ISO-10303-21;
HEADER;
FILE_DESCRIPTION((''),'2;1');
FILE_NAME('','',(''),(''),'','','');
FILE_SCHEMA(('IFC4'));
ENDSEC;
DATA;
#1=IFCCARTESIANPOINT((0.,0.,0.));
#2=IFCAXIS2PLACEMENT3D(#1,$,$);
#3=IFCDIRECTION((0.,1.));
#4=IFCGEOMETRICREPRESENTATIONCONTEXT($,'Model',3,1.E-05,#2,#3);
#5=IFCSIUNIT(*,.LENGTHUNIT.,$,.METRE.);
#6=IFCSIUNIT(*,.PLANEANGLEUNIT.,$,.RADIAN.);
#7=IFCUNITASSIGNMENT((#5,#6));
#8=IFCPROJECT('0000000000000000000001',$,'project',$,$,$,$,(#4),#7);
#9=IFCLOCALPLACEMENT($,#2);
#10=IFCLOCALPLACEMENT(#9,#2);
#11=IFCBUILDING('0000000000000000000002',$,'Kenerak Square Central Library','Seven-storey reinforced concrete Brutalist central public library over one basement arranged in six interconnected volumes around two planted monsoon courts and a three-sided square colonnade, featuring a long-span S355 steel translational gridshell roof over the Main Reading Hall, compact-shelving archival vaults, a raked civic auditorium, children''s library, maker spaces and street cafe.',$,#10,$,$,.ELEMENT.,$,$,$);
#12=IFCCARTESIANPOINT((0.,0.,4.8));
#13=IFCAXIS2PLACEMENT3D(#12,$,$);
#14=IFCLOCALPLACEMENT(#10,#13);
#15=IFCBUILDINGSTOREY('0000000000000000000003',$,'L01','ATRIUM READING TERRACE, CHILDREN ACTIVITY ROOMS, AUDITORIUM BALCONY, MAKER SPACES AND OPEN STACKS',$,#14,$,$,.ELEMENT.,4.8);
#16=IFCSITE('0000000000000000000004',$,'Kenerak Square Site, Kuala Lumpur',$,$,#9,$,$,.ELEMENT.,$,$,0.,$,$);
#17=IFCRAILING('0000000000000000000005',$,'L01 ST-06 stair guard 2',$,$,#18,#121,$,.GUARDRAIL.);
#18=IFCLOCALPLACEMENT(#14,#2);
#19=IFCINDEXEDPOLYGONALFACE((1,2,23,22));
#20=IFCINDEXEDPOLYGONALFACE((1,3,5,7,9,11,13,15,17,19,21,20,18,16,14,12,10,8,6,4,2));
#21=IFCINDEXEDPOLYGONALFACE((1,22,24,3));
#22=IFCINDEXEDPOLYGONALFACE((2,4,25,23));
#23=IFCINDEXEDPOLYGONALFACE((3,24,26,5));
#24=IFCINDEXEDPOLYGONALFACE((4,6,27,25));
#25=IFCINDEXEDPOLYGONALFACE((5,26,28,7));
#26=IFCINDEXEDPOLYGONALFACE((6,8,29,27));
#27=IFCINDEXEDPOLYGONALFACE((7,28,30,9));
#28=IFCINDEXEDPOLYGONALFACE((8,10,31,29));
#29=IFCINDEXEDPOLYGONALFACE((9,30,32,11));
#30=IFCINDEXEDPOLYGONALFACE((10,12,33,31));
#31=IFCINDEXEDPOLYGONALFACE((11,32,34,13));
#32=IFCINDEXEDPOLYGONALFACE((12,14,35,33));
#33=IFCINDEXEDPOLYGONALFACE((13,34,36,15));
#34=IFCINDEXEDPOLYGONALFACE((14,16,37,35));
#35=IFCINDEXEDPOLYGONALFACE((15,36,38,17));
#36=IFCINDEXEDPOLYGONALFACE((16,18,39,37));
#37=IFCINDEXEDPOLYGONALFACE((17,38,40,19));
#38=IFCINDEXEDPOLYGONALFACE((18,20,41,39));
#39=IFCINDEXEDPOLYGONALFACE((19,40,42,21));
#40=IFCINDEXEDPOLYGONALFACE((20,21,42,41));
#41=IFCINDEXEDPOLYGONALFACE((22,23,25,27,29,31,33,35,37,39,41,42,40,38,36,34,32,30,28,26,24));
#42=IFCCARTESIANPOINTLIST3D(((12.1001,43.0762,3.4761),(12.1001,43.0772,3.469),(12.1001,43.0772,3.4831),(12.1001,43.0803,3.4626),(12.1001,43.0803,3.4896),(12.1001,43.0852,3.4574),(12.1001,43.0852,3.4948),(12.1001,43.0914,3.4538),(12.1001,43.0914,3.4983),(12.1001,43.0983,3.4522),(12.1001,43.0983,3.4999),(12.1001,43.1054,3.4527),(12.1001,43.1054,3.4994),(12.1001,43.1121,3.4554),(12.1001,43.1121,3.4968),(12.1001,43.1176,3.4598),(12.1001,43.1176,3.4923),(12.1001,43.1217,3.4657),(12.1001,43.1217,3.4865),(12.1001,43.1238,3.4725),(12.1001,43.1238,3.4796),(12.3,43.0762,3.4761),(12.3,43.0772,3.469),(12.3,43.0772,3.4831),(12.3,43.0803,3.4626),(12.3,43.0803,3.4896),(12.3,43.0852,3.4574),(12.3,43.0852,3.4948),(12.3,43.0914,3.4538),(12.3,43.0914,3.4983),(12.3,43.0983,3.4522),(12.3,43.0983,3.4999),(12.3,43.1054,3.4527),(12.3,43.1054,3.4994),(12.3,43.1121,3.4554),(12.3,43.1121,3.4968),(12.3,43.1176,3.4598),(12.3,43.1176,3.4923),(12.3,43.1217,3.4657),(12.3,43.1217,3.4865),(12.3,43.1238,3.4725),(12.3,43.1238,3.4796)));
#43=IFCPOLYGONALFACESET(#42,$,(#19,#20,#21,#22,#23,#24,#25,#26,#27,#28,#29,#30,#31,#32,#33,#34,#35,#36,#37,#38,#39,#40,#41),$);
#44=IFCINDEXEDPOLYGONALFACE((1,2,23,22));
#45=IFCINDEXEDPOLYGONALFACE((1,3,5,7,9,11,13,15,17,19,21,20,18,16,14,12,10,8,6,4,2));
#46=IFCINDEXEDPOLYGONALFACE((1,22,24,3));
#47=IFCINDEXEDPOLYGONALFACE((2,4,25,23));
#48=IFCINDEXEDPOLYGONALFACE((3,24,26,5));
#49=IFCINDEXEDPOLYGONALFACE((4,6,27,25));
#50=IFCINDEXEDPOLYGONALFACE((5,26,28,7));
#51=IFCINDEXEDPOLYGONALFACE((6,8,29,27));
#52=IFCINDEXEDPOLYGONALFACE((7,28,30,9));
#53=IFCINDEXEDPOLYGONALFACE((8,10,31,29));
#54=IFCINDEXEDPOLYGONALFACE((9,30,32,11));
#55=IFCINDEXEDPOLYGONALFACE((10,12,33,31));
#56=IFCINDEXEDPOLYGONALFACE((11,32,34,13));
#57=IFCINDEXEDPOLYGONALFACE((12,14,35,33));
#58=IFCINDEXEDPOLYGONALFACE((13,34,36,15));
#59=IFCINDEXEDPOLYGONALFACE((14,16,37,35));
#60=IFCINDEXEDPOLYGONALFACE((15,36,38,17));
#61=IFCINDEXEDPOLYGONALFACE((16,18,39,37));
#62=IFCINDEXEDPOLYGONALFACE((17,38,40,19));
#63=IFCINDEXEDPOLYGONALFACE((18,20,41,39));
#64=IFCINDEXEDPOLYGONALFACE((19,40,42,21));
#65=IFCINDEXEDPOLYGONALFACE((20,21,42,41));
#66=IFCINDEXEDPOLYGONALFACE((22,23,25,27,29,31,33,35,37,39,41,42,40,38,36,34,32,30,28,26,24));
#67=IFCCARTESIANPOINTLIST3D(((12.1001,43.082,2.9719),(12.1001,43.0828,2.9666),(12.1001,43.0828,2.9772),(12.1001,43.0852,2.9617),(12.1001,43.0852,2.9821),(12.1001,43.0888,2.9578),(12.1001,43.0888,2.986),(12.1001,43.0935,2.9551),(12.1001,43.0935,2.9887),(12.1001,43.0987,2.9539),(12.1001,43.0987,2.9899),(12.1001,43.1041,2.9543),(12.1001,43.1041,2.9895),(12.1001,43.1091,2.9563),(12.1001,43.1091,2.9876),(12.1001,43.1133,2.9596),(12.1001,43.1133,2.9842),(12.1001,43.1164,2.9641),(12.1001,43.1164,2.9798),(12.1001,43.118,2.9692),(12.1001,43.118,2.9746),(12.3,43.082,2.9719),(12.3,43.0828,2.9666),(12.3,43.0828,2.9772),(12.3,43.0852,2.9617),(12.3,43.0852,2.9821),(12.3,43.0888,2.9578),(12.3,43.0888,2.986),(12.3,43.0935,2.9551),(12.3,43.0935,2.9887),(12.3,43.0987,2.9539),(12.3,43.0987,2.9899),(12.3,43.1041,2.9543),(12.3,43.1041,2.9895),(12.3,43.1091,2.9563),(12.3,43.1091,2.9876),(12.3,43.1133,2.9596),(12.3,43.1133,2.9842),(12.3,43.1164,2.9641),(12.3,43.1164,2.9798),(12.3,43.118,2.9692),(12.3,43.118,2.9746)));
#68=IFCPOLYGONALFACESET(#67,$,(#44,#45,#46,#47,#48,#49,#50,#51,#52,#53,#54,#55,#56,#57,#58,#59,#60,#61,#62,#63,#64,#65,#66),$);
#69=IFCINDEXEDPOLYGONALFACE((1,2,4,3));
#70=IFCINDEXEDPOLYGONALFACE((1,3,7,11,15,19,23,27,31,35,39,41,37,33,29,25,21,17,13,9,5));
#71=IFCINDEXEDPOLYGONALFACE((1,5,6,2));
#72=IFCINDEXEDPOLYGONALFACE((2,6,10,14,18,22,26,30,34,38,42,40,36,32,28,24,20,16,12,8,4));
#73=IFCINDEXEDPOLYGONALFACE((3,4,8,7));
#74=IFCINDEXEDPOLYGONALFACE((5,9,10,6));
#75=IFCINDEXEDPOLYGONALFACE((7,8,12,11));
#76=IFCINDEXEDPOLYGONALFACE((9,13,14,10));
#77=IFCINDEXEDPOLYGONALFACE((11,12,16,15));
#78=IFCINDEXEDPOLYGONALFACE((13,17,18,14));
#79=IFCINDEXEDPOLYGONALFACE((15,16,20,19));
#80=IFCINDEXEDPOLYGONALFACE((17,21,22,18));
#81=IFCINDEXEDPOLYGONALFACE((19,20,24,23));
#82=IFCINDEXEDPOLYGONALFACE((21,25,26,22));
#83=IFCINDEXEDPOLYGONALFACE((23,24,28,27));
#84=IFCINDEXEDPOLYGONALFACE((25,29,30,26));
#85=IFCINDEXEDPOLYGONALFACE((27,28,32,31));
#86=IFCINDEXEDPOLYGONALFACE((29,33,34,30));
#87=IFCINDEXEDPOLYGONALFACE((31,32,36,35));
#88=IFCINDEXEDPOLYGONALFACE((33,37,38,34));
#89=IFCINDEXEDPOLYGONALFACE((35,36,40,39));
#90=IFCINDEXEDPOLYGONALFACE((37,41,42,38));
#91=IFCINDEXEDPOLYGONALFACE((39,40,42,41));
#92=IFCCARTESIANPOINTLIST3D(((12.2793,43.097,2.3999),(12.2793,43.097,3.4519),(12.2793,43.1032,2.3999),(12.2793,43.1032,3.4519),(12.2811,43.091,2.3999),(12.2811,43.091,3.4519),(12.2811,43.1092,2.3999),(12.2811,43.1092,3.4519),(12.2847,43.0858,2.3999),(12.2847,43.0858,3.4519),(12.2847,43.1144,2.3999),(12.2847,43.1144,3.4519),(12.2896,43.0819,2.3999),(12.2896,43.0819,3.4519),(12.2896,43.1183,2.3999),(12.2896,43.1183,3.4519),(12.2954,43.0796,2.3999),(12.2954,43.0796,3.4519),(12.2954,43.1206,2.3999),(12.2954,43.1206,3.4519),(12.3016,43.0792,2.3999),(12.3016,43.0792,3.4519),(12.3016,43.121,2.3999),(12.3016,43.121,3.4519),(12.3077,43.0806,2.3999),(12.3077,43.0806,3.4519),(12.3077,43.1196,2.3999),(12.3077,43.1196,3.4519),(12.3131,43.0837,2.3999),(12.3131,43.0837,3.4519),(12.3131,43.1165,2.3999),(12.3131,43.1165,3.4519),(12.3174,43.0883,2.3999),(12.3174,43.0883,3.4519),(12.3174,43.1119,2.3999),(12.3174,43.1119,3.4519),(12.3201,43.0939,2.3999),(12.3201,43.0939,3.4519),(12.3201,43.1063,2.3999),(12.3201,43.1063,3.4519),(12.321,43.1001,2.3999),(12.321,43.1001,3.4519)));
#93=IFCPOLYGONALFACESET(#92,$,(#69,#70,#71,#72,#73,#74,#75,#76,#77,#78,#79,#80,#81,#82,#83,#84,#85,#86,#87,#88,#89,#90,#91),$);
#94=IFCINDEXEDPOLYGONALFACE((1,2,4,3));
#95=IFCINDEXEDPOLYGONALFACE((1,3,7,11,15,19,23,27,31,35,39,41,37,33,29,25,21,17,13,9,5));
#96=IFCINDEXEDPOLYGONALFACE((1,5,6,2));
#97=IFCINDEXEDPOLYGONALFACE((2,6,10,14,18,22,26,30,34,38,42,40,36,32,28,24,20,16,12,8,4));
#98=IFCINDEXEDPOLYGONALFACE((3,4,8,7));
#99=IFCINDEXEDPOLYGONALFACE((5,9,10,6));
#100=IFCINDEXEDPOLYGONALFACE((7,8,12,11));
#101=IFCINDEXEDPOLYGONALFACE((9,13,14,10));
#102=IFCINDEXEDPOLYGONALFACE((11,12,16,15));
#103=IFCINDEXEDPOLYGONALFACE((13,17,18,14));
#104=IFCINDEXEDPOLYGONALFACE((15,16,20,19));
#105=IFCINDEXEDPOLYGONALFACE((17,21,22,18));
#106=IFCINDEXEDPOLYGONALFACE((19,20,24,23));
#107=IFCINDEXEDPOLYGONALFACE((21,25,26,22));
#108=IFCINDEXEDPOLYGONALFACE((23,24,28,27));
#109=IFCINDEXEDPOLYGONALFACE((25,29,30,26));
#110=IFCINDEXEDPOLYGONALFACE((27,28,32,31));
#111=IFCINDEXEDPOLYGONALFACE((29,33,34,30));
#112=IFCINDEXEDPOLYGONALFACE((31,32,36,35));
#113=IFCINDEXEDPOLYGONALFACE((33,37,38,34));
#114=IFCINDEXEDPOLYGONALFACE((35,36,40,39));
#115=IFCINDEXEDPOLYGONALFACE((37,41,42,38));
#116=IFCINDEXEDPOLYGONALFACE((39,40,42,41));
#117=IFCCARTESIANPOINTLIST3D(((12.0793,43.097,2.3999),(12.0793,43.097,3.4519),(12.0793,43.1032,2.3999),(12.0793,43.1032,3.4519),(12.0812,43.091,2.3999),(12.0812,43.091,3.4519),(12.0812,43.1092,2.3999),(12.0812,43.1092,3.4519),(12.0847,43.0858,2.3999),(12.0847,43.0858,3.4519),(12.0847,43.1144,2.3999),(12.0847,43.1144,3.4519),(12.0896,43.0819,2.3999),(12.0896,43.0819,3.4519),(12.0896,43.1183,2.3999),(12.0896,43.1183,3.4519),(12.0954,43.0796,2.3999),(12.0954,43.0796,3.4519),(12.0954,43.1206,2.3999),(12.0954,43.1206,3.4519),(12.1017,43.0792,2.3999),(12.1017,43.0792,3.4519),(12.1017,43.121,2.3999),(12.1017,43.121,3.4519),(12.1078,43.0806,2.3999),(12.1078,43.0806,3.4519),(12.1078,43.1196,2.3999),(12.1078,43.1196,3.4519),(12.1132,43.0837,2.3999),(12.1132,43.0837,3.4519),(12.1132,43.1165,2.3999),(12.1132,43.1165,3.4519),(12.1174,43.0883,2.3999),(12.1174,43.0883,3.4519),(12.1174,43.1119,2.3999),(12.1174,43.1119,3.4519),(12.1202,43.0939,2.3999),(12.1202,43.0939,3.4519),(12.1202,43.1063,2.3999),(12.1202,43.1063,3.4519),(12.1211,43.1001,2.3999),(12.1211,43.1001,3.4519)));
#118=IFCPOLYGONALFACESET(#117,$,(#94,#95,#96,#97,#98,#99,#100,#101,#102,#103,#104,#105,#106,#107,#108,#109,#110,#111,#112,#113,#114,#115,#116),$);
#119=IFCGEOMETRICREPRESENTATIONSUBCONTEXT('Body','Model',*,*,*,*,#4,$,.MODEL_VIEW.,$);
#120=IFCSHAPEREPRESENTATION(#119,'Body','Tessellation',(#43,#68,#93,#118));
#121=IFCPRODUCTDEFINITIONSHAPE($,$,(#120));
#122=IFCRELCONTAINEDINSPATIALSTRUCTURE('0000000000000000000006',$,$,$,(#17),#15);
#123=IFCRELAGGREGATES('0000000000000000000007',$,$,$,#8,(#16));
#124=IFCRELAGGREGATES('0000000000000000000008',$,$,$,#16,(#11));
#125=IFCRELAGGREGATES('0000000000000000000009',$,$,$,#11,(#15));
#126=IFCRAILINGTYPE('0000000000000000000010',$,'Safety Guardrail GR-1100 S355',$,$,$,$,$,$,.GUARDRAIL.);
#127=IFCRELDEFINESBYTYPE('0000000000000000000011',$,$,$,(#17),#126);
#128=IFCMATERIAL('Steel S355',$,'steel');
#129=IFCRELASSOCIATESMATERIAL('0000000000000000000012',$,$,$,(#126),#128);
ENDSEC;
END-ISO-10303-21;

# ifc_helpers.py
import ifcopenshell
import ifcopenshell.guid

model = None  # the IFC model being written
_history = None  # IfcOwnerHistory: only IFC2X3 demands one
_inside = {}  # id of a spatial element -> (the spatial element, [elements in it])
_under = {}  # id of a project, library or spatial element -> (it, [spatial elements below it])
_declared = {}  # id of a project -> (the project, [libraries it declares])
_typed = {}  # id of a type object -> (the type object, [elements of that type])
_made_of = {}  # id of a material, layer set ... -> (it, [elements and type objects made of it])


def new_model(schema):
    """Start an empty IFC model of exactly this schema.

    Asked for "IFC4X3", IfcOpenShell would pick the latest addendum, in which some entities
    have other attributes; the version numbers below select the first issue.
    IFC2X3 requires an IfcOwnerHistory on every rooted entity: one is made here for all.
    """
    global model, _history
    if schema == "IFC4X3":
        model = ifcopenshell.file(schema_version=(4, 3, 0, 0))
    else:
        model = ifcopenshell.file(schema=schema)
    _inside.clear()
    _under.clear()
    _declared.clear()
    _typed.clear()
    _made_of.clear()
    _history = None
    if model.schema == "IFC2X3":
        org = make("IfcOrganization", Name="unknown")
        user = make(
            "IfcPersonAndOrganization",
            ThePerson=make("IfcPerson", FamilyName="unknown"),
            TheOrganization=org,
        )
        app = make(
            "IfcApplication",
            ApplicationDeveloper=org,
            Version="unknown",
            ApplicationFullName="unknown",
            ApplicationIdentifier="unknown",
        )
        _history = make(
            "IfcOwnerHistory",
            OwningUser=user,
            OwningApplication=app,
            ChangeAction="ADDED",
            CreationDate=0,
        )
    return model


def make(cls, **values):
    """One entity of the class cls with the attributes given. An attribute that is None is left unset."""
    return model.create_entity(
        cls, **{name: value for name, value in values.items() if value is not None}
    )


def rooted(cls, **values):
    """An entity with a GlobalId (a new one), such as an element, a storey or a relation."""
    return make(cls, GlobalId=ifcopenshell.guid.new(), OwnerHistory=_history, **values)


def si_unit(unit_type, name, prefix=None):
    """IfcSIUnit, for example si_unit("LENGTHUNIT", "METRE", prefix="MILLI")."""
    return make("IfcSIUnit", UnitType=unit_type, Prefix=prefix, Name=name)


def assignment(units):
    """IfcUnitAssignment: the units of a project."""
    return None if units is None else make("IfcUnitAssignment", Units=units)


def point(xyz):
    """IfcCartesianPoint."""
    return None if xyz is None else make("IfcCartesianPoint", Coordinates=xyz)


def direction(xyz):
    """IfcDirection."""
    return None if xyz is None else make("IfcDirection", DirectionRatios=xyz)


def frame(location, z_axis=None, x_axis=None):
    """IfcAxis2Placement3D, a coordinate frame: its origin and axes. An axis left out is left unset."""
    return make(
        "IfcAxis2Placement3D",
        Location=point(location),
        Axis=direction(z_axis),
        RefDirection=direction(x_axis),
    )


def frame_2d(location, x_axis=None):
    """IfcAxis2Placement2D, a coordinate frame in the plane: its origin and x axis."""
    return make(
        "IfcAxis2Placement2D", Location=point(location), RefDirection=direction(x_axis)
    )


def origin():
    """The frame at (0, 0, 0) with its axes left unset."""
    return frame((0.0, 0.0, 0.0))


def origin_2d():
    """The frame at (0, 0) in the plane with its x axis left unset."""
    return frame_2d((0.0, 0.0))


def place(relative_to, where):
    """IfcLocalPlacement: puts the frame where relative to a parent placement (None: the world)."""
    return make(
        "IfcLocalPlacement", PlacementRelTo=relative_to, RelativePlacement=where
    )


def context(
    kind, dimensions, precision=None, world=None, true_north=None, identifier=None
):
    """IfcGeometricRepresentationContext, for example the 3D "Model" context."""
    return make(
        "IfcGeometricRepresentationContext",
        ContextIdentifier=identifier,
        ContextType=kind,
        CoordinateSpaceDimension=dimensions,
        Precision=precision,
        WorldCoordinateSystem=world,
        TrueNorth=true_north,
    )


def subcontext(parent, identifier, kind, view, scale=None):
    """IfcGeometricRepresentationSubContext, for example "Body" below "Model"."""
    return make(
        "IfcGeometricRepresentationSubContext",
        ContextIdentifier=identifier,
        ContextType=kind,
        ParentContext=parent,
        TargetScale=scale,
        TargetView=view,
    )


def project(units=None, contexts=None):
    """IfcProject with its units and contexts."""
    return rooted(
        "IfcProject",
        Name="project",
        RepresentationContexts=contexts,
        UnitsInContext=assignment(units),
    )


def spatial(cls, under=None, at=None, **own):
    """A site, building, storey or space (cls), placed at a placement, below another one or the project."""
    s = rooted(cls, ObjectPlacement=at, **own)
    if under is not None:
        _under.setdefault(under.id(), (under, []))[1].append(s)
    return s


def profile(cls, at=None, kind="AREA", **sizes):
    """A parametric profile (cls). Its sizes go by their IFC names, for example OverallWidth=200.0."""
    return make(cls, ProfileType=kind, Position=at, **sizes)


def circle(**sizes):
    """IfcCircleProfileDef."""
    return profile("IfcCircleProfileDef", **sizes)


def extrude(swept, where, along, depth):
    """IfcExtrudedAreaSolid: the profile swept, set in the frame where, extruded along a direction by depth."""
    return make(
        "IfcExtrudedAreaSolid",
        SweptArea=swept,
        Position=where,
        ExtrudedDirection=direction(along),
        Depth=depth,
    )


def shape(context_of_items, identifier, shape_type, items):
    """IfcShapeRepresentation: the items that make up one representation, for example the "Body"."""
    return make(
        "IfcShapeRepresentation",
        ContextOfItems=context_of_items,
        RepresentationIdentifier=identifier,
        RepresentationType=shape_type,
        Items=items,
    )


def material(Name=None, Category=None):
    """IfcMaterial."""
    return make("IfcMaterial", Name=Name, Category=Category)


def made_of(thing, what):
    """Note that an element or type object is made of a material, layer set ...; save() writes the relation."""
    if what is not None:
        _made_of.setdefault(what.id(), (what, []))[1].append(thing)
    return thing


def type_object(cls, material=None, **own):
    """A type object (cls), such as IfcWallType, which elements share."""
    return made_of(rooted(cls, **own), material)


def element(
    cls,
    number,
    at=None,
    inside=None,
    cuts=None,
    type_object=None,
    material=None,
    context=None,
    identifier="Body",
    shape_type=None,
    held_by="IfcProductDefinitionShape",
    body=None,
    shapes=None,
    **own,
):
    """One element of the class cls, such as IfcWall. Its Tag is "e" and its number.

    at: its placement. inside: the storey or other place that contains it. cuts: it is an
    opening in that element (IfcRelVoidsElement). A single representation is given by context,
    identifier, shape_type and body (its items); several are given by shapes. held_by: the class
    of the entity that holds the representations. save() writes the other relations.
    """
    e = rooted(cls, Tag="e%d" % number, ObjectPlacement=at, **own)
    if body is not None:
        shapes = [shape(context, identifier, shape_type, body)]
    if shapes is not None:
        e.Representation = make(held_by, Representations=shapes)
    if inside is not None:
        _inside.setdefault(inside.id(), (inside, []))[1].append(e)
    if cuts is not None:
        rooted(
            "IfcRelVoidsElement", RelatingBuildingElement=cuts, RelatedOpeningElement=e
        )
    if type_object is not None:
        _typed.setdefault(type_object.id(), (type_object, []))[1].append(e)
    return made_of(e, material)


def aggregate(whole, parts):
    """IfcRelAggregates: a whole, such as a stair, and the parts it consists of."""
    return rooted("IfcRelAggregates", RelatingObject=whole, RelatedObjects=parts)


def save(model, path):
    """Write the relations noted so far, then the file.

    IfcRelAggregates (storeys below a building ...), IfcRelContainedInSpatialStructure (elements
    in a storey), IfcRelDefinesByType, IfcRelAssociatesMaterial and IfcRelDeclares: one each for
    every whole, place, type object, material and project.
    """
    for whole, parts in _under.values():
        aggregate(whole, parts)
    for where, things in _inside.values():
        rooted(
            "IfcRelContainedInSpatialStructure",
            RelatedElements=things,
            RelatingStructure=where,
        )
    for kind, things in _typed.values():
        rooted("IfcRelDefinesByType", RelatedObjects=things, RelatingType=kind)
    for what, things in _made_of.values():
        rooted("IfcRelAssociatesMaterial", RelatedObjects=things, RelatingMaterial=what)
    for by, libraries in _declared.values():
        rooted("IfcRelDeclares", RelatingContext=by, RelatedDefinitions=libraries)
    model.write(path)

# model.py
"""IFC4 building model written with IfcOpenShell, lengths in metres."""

from ifc_helpers import new_model, si_unit, direction, frame, origin, origin_2d, place, context, subcontext, project, spatial, circle, extrude, material, type_object, element, save


model = new_model("IFC4")

# Units and contexts
model_context = context("Model", 3, precision=1e-05, world=origin(), true_north=direction((0.0, 1.0)))
body_context = subcontext(model_context, "Body", "Model", "MODEL_VIEW")
ifc_project = project(units=[si_unit("LENGTHUNIT", "METRE"), si_unit("PLANEANGLEUNIT", "RADIAN")], contexts=[model_context])

# Site, building, storey
site_placement = place(None, origin())
site = spatial("IfcSite", under=ifc_project, at=site_placement, Name="Kenerak Square Site, Kuala Lumpur", CompositionType="ELEMENT", RefElevation=0.0)
building_placement = place(site_placement, origin())
building = spatial("IfcBuilding", under=site, at=building_placement, Name="Kenerak Square Central Library", Description="Seven-storey reinforced concrete Brutalist central public library over one basement arranged in six interconnected volumes around two planted monsoon courts and a three-sided square colonnade, featuring a long-span S355 steel translational gridshell roof over the Main Reading Hall, compact-shelving archival vaults, a raked civic auditorium, children's library, maker spaces and street cafe.", CompositionType="ELEMENT")
storey_placement = place(building_placement, frame((0.0, 0.0, 4.8)))
storey = spatial("IfcBuildingStorey", under=building, at=storey_placement, Name="L01", Description="ATRIUM READING TERRACE, CHILDREN ACTIVITY ROOMS, AUDITORIUM BALCONY, MAKER SPACES AND OPEN STACKS", CompositionType="ELEMENT", Elevation=4.8)

# Railing
ifc_material_1 = material(Name="Steel S355", Category="steel")
railing_type_1 = type_object("IfcRailingType", Name="Safety Guardrail GR-1100 S355", PredefinedType="GUARDRAIL", material=ifc_material_1)
railing_1_placement = place(storey_placement, frame((12.3, 43.1001, 2.3999)))
element("IfcRailing", 1, at=railing_1_placement, inside=storey, type_object=railing_type_1, Name="L01 ST-06 stair guard 2", PredefinedType="GUARDRAIL", context=body_context, shape_type="SweptSolid", body=[
    extrude(circle(Radius=0.0239, at=origin_2d()), frame((0.0, 0.0, 1.0762), z_axis=(-1.0, 0.0, 0.0), x_axis=(0.0, -1.0, 0.0)), (0.0, 0.0, 1.0), 0.2),
    extrude(circle(Radius=0.0181, at=origin_2d()), frame((0.0, 0.0, 0.572), z_axis=(-1.0, 0.0, 0.0), x_axis=(0.0, -1.0, 0.0)), (0.0, 0.0, 1.0), 0.2),
    extrude(circle(Radius=0.021, at=origin_2d()), origin(), (0.0, 0.0, 1.0), 1.052),
    extrude(circle(Radius=0.021, at=origin_2d()), frame((-0.2, 0.0, 0.0)), (0.0, 0.0, 1.0), 1.052),
])

save(model, "model.ifc")
